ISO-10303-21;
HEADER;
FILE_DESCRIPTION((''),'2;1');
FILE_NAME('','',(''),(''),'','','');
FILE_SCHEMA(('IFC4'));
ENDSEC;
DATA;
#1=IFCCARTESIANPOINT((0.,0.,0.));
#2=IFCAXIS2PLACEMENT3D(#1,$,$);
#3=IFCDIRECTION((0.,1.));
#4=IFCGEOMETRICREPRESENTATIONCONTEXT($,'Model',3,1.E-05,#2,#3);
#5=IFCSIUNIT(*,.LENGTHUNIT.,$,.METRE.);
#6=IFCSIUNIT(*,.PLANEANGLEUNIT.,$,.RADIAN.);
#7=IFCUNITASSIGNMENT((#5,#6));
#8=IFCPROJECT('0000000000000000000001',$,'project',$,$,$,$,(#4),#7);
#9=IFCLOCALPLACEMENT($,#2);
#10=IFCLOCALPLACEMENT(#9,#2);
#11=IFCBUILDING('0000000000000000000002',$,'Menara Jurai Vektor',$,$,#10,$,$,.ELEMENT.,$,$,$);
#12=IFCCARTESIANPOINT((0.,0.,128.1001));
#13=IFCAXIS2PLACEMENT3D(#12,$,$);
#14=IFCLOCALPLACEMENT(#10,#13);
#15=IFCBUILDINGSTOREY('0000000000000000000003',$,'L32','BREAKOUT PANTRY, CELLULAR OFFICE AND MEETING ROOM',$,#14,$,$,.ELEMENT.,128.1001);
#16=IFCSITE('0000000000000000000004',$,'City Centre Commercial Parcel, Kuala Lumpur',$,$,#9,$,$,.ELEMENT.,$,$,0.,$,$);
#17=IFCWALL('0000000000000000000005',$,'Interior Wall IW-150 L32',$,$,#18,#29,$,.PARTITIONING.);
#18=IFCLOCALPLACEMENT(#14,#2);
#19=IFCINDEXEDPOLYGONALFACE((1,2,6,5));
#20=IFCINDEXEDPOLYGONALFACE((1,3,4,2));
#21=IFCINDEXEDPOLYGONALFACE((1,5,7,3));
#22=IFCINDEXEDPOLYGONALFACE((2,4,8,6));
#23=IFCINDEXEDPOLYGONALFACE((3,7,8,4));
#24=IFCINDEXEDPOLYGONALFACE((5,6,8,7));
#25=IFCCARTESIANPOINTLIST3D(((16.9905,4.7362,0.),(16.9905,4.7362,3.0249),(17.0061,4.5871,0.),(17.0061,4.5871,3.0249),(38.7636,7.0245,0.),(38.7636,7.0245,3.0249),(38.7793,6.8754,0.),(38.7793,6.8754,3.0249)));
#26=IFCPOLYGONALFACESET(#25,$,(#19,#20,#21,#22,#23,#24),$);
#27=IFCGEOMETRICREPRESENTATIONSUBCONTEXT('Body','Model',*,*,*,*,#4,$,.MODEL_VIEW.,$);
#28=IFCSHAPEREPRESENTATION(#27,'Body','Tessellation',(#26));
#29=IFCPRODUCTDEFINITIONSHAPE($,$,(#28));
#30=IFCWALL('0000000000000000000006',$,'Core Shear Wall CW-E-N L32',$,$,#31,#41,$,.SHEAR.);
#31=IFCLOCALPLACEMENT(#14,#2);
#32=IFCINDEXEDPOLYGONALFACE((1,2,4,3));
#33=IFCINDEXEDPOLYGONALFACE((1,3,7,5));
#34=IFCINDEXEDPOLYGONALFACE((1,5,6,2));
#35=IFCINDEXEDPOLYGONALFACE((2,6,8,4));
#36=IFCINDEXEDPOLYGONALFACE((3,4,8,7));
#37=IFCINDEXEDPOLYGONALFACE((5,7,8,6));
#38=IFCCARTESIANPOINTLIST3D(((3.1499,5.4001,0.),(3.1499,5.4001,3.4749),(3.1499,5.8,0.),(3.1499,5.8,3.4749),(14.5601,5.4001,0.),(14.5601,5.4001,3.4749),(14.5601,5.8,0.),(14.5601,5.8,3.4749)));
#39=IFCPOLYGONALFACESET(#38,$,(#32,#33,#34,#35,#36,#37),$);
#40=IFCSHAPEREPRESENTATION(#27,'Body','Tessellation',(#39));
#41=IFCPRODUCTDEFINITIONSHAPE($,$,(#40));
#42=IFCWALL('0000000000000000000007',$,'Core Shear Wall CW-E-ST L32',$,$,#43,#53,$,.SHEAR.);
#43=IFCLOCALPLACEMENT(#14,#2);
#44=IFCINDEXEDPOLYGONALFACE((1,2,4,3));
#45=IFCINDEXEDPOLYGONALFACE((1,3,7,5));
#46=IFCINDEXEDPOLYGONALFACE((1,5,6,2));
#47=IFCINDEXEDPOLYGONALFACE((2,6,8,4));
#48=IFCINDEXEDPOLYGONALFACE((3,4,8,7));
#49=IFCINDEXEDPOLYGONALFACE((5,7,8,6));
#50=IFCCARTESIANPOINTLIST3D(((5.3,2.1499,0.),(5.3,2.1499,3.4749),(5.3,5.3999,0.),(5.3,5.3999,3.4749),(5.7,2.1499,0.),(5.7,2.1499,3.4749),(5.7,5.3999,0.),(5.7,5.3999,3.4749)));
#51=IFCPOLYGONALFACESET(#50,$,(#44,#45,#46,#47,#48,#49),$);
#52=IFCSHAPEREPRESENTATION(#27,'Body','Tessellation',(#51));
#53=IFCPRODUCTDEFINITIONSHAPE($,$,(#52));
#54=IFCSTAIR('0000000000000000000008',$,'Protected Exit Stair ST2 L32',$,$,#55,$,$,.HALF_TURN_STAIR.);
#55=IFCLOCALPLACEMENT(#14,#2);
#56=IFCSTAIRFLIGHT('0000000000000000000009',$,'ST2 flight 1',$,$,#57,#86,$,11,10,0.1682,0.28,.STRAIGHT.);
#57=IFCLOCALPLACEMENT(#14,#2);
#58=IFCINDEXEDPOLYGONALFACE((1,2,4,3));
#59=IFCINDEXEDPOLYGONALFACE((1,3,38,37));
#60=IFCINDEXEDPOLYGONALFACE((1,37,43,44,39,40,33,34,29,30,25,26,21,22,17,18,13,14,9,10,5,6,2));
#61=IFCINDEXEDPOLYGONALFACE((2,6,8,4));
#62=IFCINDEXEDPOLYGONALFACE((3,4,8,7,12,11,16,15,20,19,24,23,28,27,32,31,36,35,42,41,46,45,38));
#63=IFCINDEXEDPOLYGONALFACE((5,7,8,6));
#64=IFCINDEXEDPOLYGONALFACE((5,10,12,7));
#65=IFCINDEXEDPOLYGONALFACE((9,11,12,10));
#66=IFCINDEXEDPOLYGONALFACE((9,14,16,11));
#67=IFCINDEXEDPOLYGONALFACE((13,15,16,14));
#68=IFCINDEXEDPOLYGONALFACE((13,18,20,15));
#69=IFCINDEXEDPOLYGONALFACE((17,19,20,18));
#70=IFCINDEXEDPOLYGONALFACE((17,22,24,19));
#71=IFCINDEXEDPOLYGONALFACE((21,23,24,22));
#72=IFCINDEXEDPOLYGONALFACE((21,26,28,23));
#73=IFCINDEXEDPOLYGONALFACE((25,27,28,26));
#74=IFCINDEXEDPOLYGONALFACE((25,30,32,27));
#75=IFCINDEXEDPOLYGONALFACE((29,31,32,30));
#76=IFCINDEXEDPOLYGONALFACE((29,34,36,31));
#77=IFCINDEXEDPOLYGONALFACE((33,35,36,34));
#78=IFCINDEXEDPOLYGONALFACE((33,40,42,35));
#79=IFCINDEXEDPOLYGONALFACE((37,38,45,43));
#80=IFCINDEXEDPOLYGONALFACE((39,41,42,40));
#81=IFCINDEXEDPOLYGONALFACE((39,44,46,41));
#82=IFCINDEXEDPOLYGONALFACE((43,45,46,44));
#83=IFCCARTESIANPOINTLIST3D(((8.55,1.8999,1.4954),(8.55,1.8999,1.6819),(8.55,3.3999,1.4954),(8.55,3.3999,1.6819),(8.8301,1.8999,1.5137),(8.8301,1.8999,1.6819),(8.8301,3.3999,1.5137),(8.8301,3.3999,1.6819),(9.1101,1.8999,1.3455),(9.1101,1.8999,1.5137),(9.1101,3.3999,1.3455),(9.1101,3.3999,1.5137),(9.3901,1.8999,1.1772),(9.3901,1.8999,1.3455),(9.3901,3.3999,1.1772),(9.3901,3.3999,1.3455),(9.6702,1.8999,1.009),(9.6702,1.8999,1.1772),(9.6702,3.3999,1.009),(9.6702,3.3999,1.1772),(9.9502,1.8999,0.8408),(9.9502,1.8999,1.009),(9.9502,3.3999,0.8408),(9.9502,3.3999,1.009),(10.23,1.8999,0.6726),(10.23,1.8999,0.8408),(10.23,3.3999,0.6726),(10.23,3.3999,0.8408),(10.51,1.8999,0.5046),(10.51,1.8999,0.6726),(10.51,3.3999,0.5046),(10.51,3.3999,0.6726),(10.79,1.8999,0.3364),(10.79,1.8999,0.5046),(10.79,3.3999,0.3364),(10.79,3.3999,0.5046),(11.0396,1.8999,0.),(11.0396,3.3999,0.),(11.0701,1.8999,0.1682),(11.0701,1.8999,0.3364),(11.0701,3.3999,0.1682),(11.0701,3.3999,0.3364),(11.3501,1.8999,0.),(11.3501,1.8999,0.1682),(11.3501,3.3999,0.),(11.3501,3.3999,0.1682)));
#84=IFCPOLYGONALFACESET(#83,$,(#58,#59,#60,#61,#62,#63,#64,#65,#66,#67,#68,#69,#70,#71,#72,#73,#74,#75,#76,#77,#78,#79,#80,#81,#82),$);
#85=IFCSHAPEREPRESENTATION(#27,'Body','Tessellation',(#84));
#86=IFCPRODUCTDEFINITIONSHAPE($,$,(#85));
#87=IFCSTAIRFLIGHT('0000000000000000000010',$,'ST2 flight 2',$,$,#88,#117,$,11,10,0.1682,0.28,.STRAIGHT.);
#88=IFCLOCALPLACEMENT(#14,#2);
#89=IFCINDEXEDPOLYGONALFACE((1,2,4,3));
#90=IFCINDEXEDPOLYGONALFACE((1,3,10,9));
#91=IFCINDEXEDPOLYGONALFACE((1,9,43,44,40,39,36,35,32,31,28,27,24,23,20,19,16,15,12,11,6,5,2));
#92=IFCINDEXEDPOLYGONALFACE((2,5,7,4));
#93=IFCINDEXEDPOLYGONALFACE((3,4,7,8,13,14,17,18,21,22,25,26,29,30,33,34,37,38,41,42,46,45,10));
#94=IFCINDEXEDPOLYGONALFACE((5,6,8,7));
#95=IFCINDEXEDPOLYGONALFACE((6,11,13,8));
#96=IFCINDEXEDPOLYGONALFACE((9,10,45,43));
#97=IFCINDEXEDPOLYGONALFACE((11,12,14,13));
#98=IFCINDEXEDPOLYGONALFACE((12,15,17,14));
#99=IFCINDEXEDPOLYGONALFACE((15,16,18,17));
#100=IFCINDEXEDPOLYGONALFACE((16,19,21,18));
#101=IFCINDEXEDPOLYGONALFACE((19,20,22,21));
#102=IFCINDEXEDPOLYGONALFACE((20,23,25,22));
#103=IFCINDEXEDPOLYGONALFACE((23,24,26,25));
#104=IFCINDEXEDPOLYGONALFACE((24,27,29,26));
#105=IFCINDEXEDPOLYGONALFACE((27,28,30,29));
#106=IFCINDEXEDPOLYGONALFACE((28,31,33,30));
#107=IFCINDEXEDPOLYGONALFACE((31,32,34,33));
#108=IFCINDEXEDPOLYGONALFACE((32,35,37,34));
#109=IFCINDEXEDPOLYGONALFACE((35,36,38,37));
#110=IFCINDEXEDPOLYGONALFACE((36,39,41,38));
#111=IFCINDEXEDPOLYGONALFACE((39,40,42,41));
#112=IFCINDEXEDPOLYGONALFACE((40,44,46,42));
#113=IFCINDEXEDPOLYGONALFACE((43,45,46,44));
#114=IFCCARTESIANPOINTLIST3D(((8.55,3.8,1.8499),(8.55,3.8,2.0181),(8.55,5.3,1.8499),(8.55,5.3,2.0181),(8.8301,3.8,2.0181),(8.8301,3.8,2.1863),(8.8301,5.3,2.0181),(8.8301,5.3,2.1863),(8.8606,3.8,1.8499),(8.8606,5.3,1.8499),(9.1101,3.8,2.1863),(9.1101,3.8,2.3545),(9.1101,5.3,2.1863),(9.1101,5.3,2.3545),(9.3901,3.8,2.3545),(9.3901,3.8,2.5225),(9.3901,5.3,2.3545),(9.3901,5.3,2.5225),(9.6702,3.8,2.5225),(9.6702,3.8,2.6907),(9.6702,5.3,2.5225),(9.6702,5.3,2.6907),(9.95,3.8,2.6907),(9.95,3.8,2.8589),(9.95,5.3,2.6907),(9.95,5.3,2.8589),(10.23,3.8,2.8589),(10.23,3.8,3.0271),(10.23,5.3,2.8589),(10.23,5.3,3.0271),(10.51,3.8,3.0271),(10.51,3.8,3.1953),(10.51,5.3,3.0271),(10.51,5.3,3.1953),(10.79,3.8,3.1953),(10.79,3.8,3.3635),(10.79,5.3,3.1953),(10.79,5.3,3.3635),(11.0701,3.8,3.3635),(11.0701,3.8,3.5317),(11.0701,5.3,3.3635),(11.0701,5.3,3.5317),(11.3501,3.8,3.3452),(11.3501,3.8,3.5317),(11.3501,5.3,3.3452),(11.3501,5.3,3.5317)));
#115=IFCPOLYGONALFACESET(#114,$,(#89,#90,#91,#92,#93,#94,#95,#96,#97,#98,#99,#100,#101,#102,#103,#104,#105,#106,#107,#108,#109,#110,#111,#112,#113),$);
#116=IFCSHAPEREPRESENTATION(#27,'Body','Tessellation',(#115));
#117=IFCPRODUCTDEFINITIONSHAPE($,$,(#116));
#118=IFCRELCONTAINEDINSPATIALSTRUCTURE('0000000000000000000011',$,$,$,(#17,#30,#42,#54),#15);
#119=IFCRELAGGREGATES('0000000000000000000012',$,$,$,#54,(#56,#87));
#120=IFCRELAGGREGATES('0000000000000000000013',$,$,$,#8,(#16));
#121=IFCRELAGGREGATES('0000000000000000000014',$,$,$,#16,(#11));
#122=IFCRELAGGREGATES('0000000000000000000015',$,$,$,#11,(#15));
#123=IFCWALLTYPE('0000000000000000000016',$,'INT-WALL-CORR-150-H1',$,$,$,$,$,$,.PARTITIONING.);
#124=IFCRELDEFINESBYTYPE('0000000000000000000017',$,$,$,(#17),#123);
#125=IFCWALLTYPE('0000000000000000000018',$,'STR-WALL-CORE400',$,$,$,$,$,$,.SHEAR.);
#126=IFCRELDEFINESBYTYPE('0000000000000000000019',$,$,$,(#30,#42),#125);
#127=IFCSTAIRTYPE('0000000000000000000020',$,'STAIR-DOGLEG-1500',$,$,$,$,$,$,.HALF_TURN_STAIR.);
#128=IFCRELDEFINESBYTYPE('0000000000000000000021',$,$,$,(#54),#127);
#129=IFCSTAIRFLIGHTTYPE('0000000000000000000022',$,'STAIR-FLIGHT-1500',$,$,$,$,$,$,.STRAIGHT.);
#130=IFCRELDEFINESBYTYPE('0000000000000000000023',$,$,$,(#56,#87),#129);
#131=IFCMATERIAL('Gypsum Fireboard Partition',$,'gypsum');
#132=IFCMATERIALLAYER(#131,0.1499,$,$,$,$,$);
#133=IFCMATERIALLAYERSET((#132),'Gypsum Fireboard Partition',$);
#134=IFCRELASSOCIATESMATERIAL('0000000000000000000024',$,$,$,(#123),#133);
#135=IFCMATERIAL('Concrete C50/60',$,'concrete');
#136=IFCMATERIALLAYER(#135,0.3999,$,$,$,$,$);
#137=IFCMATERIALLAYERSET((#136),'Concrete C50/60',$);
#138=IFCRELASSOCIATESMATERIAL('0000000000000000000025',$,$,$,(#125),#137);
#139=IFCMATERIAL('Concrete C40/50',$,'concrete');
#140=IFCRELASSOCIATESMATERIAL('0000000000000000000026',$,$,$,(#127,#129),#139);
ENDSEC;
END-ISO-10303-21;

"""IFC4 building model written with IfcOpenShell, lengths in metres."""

from ifc_helpers import new_model, si_unit, direction, frame, frame_2d, origin, place, context, subcontext, project, spatial, polyline, rectangle, outline, extrude, material, layer, layer_set, type_object, element, aggregate, save


model = new_model("IFC4")

# Units and contexts
model_context = context("Model", 3, precision=1e-05, world=origin(), true_north=direction((0.0, 1.0)))
body_context = subcontext(model_context, "Body", "Model", "MODEL_VIEW")
ifc_project = project(units=[si_unit("LENGTHUNIT", "METRE"), si_unit("PLANEANGLEUNIT", "RADIAN")], contexts=[model_context])

# Site, building, storey
site_placement = place(None, origin())
site = spatial("IfcSite", under=ifc_project, at=site_placement, Name="City Centre Commercial Parcel, Kuala Lumpur", CompositionType="ELEMENT", RefElevation=0.0)
building_placement = place(site_placement, origin())
building = spatial("IfcBuilding", under=site, at=building_placement, Name="Menara Jurai Vektor", CompositionType="ELEMENT")
storey_placement = place(building_placement, frame((0.0, 0.0, 128.1001)))
storey = spatial("IfcBuildingStorey", under=building, at=storey_placement, Name="L32", Description="BREAKOUT PANTRY, CELLULAR OFFICE AND MEETING ROOM", CompositionType="ELEMENT", Elevation=128.1001)

# Shared definitions
ifc_material_1 = material(Name="Concrete C50/60", Category="concrete")

# Shared definitions
ifc_material_2 = material(Name="Gypsum Fireboard Partition", Category="gypsum")

# Walls
ifc_layer_1 = layer(ifc_material_2, 0.1499)
ifc_layer_set_1 = layer_set([ifc_layer_1], Name="Gypsum Fireboard Partition")
wall_type_1 = type_object("IfcWallType", Name="INT-WALL-CORR-150-H1", PredefinedType="PARTITIONING", material=ifc_layer_set_1)
wall_1_placement = place(storey_placement, frame((16.9983, 4.6616, 0.0), z_axis=(0.0, 0.0, 1.0), x_axis=(0.994522, 0.104523, 0.0)))
element("IfcWall", 1, at=wall_1_placement, inside=storey, type_object=wall_type_1, Name="Interior Wall IW-150 L32", PredefinedType="PARTITIONING", context=body_context, shape_type="SweptSolid", body=[
    extrude(rectangle(XDim=21.8931, YDim=0.1499, at=frame_2d((10.9465, 0.0))), origin(), (0.0, 0.0, 1.0), 3.0249),
])
ifc_layer_2 = layer(ifc_material_1, 0.3999)
ifc_layer_set_2 = layer_set([ifc_layer_2], Name="Concrete C50/60")
wall_type_2 = type_object("IfcWallType", Name="STR-WALL-CORE400", PredefinedType="SHEAR", material=ifc_layer_set_2)
wall_2_placement = place(storey_placement, frame((3.1499, 5.6001, 0.0), z_axis=(0.0, 0.0, 1.0), x_axis=(1.0, 0.0, 0.0)))
element("IfcWall", 2, at=wall_2_placement, inside=storey, type_object=wall_type_2, Name="Core Shear Wall CW-E-N L32", PredefinedType="SHEAR", context=body_context, shape_type="SweptSolid", body=[
    extrude(rectangle(XDim=11.4102, YDim=0.3999, at=frame_2d((5.7051, 0.0))), origin(), (0.0, 0.0, 1.0), 3.4749),
])
wall_3_placement = place(storey_placement, frame((5.5, 2.1499, 0.0), z_axis=(0.0, 0.0, 1.0), x_axis=(0.0, 1.0, 0.0)))
element("IfcWall", 3, at=wall_3_placement, inside=storey, type_object=wall_type_2, Name="Core Shear Wall CW-E-ST L32", PredefinedType="SHEAR", context=body_context, shape_type="SweptSolid", body=[
    extrude(rectangle(XDim=3.25, YDim=0.3999, at=frame_2d((1.625, 0.0))), origin(), (0.0, 0.0, 1.0), 3.4749),
])

# Stair, stair flights
ifc_material_3 = material(Name="Concrete C40/50", Category="concrete")
stair_type = type_object("IfcStairType", Name="STAIR-DOGLEG-1500", PredefinedType="HALF_TURN_STAIR", material=ifc_material_3)
stair_placement = place(storey_placement, origin())
stair = element("IfcStair", 4, at=stair_placement, inside=storey, type_object=stair_type, Name="Protected Exit Stair ST2 L32", PredefinedType="HALF_TURN_STAIR")
stair_flight_type = type_object("IfcStairFlightType", Name="STAIR-FLIGHT-1500", PredefinedType="STRAIGHT", material=ifc_material_3)
stair_flight_1_placement = place(storey_placement, frame((11.3501, 2.6499, 0.0), z_axis=(0.0, 0.0, 1.0), x_axis=(-1.0, 0.0, 0.0)))
stair_flight_1 = element("IfcStairFlight", 5, at=stair_flight_1_placement, type_object=stair_flight_type, Name="ST2 flight 1", NumberOfRisers=11, NumberOfTreads=10, PredefinedType="STRAIGHT", RiserHeight=0.1682, TreadLength=0.28, context=body_context, shape_type="SweptSolid", body=[
    extrude(outline(polyline([(0.0, 0.0), (0.0, 0.1682), (0.28, 0.1682), (0.28, 0.3364), (0.5601, 0.3364), (0.5601, 0.5046), (0.8401, 0.5046), (0.8401, 0.6726), (1.1201, 0.6726), (1.1201, 0.8408), (1.3999, 0.8408), (1.3999, 1.009), (1.6799, 1.009), (1.6799, 1.1772), (1.96, 1.1772), (1.96, 1.3455), (2.24, 1.3455), (2.24, 1.5137), (2.52, 1.5137), (2.52, 1.6819), (2.8, 1.6819), (2.8, 1.8501), (2.8, 1.4954), (0.3105, 0.0), (0.0, 0.0)])), frame((0.0, 0.75, 0.0), z_axis=(0.0, -1.0, 0.0), x_axis=(1.0, 0.0, 0.0)), (0.0, 0.0, 1.0), 1.5),
])
stair_flight_2_placement = place(storey_placement, frame((8.55, 4.55, 1.8499), z_axis=(0.0, 0.0, 1.0), x_axis=(1.0, 0.0, 0.0)))
stair_flight_2 = element("IfcStairFlight", 6, at=stair_flight_2_placement, type_object=stair_flight_type, Name="ST2 flight 2", NumberOfRisers=11, NumberOfTreads=10, PredefinedType="STRAIGHT", RiserHeight=0.1682, TreadLength=0.28, context=body_context, shape_type="SweptSolid", body=[
    extrude(outline(polyline([(0.0, 0.0), (0.0, 0.1682), (0.28, 0.1682), (0.28, 0.3364), (0.5601, 0.3364), (0.5601, 0.5046), (0.8401, 0.5046), (0.8401, 0.6726), (1.1201, 0.6726), (1.1201, 0.8408), (1.3999, 0.8408), (1.3999, 1.009), (1.6799, 1.009), (1.6799, 1.1772), (1.96, 1.1772), (1.96, 1.3455), (2.24, 1.3455), (2.24, 1.5137), (2.52, 1.5137), (2.52, 1.6819), (2.8, 1.6819), (2.8, 1.8501), (2.8, 1.4954), (0.3105, 0.0), (0.0, 0.0)])), frame((0.0, 0.75, 0.0), z_axis=(0.0, -1.0, 0.0), x_axis=(1.0, 0.0, 0.0)), (0.0, 0.0, 1.0), 1.5),
])
aggregate(stair, [stair_flight_1, stair_flight_2])

save(model, "model.ifc")
